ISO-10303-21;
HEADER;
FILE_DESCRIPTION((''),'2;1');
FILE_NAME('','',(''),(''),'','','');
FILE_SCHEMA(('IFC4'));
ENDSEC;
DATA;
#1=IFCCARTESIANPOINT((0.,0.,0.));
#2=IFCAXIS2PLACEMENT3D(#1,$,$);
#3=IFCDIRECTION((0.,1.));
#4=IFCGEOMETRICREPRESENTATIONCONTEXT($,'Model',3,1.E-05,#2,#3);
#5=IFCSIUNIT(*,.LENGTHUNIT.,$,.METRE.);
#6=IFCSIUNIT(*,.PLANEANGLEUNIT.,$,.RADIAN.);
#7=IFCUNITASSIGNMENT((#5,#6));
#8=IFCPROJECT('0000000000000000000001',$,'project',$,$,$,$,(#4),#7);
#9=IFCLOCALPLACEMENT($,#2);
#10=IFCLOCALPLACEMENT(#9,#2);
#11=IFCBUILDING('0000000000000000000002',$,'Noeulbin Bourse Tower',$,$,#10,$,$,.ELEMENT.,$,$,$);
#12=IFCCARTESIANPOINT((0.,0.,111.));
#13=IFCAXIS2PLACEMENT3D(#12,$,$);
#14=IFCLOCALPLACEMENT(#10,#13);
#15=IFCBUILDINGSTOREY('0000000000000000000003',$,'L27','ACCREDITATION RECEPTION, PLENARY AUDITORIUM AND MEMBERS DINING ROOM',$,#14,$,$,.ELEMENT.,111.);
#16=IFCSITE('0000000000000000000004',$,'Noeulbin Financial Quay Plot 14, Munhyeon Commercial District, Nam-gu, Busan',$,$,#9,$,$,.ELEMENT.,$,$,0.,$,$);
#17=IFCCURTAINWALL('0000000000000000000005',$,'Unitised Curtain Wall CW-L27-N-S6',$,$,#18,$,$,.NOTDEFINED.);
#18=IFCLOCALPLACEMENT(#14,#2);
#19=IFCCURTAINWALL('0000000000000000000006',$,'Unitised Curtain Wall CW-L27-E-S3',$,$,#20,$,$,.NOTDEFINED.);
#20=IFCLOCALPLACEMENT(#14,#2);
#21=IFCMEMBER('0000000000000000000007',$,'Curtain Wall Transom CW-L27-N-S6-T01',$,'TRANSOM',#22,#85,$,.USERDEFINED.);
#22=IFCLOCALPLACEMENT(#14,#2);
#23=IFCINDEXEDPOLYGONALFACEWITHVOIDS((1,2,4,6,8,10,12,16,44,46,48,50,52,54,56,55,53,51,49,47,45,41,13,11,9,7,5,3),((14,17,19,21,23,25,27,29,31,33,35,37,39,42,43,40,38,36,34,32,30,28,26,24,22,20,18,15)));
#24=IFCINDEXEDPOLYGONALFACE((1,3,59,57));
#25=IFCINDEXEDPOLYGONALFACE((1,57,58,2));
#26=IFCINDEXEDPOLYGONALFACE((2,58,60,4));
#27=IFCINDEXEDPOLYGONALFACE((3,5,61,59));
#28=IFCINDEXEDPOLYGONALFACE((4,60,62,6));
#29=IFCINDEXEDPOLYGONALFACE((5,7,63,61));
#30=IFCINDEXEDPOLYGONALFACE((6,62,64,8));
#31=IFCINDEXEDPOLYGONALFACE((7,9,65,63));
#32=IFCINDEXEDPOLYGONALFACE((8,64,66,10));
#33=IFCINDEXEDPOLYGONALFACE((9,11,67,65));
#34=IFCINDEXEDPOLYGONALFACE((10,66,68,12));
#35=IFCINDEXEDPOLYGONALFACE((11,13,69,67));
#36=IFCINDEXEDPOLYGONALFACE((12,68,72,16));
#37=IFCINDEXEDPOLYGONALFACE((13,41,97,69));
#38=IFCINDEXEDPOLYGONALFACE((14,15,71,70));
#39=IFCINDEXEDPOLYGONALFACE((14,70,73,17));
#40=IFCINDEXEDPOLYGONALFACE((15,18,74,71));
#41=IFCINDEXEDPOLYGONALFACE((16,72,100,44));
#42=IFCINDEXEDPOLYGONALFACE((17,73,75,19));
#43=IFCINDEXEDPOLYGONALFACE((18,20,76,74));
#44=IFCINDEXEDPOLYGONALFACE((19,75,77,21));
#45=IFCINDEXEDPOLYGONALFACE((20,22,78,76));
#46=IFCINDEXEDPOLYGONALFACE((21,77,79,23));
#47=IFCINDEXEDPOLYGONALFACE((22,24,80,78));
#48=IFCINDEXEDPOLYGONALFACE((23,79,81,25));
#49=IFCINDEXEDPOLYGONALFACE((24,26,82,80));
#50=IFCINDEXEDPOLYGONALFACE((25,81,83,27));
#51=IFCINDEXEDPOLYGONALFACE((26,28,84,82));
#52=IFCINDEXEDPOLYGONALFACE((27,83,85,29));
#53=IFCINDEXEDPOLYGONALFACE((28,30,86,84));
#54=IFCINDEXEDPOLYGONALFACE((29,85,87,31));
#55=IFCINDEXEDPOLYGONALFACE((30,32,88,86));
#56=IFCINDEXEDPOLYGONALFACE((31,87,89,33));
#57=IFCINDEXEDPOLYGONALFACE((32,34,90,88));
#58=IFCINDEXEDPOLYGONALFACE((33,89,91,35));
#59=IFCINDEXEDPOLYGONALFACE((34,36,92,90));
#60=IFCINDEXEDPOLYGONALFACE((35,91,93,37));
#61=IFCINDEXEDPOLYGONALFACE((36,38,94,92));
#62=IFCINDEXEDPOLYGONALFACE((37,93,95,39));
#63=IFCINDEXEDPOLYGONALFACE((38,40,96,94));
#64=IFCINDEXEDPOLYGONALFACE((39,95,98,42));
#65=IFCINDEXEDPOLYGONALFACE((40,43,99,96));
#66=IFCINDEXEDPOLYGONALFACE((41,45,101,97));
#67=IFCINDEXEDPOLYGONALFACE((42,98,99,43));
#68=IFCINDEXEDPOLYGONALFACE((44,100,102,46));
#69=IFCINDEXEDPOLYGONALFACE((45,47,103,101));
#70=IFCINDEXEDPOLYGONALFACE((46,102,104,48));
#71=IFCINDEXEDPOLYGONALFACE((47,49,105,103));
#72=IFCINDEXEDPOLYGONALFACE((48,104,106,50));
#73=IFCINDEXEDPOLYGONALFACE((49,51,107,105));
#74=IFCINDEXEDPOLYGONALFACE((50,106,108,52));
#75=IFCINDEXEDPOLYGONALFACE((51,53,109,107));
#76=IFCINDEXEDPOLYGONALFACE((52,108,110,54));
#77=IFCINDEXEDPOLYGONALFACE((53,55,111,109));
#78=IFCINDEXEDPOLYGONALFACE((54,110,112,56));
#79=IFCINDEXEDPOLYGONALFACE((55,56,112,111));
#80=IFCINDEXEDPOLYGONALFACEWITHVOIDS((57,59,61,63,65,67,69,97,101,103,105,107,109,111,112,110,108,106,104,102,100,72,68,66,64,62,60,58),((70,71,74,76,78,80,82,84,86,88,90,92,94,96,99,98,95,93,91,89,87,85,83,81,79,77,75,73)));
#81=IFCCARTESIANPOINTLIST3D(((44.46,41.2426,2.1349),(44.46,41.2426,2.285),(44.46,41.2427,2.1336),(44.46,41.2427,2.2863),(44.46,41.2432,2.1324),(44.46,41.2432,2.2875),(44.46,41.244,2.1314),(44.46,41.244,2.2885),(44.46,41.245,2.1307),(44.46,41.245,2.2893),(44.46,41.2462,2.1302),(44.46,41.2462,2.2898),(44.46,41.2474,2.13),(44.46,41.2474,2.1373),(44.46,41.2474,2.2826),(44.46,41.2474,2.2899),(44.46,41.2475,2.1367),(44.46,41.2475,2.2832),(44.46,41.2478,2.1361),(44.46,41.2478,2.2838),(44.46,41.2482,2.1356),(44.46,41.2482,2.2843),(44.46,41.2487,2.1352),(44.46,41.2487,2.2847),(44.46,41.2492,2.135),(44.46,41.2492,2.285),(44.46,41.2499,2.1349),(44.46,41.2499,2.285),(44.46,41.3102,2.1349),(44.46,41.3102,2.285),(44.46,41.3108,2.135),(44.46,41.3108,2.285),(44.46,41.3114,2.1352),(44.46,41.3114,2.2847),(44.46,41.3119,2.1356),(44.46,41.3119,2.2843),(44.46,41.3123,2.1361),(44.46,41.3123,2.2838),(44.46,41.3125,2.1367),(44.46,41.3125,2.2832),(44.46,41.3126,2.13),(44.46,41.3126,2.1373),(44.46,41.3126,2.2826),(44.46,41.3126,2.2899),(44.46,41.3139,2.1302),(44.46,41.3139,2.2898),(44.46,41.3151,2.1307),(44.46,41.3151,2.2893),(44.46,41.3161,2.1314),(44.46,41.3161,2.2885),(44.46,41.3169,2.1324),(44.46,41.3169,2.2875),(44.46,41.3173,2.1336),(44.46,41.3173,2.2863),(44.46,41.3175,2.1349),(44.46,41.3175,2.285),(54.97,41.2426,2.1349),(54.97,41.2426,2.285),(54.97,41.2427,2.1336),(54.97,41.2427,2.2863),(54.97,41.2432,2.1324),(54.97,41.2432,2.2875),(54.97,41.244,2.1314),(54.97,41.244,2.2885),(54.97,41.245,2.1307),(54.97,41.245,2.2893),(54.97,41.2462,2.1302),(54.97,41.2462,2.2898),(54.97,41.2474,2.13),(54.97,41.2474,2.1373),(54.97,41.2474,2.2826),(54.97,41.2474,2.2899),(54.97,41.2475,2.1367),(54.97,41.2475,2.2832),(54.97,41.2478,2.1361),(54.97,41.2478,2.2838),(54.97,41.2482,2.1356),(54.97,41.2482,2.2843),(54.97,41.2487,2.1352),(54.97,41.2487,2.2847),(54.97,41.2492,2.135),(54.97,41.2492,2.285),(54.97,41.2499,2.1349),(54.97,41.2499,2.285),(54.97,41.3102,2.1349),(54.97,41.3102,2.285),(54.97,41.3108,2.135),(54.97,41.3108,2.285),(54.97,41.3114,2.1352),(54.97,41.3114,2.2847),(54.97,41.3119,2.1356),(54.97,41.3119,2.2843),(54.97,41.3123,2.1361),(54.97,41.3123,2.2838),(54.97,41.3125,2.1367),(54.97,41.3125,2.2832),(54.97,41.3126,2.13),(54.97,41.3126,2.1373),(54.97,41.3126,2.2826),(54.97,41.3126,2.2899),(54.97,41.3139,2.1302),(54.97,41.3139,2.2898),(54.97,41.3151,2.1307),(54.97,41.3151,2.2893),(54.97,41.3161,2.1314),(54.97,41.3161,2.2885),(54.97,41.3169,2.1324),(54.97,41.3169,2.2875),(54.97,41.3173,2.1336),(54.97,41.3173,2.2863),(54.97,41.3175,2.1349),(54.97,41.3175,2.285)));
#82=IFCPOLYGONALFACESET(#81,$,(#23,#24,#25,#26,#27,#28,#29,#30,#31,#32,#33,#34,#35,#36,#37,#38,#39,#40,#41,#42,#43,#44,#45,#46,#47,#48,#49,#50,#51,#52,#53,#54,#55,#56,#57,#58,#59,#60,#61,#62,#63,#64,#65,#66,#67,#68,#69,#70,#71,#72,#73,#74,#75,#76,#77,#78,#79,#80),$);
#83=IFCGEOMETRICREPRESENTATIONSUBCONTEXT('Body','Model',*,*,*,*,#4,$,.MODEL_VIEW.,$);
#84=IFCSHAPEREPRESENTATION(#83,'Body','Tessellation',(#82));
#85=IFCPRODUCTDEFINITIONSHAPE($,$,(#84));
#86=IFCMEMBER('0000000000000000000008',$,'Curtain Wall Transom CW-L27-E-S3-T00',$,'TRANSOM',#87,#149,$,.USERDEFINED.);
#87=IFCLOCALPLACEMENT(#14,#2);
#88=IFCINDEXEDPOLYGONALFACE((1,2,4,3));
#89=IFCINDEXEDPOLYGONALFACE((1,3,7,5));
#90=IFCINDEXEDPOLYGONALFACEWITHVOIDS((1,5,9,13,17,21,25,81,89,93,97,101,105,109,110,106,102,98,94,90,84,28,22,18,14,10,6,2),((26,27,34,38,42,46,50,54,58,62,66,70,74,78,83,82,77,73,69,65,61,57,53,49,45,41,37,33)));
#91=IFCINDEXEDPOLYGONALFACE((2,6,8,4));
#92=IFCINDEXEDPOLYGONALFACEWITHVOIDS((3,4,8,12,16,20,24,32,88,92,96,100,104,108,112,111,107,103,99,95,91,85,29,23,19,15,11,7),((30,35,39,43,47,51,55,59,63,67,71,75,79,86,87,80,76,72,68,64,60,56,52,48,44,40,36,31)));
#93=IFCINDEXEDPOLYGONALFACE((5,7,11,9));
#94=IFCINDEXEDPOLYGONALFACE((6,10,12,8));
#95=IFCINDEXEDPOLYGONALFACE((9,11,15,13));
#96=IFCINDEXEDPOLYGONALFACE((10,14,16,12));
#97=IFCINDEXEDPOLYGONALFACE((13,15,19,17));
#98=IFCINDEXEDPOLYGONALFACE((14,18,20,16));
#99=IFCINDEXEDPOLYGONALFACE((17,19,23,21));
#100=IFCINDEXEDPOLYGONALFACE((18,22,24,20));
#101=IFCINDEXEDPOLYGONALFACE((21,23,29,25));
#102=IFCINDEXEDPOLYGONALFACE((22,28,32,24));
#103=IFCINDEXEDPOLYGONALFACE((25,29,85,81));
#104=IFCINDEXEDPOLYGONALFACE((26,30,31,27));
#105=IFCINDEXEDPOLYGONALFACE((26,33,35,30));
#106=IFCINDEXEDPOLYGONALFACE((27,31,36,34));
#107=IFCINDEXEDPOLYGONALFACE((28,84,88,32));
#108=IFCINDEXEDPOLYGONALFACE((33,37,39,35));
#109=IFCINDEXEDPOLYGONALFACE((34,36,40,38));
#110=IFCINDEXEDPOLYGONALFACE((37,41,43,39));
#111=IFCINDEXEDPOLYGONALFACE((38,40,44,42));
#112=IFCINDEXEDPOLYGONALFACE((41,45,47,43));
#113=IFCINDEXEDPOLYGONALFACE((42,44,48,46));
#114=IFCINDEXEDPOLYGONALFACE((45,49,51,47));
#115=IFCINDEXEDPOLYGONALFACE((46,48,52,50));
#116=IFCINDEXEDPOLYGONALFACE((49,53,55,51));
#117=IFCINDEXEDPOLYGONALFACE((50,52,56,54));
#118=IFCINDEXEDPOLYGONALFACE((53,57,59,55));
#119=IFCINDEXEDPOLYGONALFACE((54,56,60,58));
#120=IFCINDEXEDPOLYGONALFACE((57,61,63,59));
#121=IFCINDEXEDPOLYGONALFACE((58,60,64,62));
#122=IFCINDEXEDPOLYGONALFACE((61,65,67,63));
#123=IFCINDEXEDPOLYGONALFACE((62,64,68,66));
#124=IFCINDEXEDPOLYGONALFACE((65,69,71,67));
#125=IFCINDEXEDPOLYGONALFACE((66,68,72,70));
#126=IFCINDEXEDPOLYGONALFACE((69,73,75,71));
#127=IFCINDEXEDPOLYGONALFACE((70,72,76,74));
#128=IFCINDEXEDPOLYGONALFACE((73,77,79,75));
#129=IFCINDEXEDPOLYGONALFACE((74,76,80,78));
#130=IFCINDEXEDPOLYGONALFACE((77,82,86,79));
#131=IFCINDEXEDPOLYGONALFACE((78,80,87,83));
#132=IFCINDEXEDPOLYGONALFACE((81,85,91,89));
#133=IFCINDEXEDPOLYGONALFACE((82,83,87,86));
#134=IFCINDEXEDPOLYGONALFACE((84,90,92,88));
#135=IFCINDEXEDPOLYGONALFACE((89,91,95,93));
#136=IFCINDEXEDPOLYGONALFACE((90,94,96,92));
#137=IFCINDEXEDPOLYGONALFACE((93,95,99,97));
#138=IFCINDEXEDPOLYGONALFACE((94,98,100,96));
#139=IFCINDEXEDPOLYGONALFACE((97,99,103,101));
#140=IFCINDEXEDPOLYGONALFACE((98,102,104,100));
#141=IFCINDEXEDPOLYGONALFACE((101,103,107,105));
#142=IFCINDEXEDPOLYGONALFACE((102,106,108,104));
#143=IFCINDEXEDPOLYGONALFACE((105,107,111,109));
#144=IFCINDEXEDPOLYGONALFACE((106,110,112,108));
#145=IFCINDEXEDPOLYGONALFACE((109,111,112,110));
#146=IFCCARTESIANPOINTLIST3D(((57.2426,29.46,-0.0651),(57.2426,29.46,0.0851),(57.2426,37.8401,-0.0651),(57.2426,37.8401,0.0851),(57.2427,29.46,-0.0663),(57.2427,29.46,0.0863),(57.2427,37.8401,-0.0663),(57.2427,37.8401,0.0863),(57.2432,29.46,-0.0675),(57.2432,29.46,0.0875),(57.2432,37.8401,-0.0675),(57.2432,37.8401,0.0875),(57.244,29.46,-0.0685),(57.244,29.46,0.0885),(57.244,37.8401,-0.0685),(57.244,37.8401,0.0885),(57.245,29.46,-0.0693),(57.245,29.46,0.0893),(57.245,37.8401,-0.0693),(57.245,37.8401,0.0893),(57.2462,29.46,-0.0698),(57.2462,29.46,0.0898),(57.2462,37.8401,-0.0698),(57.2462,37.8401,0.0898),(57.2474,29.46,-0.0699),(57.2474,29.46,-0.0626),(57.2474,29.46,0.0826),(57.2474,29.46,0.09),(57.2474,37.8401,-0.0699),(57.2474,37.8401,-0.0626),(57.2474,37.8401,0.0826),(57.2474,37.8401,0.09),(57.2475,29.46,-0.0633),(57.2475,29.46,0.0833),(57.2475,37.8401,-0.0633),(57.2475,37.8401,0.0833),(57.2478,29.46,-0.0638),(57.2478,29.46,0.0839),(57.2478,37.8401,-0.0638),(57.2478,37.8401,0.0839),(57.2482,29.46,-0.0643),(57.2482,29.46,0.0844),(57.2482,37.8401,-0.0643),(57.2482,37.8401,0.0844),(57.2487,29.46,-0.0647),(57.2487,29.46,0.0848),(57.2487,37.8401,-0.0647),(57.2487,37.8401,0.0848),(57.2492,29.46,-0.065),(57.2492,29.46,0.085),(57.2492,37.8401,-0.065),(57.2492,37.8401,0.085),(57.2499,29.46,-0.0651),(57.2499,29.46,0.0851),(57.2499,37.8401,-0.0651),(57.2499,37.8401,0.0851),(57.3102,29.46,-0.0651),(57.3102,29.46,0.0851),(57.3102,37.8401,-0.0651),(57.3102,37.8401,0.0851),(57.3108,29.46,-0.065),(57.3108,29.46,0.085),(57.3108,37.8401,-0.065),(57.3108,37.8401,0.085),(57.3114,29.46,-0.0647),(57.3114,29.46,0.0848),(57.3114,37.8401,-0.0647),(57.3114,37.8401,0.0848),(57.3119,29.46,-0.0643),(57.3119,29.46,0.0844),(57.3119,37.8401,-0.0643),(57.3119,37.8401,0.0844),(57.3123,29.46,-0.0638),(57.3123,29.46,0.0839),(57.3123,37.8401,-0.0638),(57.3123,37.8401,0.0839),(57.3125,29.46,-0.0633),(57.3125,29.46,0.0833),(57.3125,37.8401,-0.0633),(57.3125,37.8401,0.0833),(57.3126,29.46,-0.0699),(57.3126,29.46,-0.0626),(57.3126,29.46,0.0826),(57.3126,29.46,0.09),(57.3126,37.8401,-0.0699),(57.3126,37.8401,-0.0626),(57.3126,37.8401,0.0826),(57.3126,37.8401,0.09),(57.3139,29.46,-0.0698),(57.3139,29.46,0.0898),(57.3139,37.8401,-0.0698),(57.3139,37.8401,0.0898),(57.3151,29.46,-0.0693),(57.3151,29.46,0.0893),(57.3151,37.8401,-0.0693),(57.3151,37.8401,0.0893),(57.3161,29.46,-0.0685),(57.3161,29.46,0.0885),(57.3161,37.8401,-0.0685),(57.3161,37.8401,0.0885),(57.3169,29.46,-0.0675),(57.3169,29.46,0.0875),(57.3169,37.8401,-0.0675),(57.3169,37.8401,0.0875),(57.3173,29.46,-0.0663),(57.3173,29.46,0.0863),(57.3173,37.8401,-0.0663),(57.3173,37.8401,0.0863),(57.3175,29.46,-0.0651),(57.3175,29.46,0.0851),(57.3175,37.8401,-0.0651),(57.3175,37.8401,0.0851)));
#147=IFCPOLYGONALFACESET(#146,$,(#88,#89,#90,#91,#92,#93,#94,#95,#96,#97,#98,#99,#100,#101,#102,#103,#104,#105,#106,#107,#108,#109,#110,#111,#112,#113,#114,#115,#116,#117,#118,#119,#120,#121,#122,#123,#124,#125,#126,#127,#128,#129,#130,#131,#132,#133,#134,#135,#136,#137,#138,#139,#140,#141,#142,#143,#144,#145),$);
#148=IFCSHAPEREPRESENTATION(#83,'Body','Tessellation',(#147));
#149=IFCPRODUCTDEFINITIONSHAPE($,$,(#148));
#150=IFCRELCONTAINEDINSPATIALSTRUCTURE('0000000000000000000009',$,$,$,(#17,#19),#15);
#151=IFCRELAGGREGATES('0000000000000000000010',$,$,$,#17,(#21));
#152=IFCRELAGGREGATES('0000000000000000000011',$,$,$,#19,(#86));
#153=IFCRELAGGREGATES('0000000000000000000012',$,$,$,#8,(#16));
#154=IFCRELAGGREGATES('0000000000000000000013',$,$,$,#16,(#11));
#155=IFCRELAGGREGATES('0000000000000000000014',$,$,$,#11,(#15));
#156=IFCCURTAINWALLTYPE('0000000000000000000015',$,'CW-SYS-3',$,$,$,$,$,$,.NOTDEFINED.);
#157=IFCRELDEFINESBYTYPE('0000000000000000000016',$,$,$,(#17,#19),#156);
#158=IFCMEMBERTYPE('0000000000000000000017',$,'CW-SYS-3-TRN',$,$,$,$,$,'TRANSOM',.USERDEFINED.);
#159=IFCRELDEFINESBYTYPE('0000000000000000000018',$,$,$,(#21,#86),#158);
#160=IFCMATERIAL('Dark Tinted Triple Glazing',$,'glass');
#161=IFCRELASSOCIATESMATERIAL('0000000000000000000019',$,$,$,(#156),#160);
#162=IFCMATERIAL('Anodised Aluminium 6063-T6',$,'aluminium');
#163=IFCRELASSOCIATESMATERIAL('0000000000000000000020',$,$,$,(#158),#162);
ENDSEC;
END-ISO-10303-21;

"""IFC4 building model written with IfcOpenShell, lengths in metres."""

from ifc_helpers import new_model, si_unit, direction, frame, origin, origin_2d, place, context, subcontext, project, spatial, hollow_rectangle, extrude, material, material_profile, profile_set, type_object, element, aggregate, save


model = new_model("IFC4")

# Units and contexts
model_context = context("Model", 3, precision=1e-05, world=origin(), true_north=direction((0.0, 1.0)))
body_context = subcontext(model_context, "Body", "Model", "MODEL_VIEW")
ifc_project = project(units=[si_unit("LENGTHUNIT", "METRE"), si_unit("PLANEANGLEUNIT", "RADIAN")], contexts=[model_context])

# Site, building, storey
site_placement = place(None, origin())
site = spatial("IfcSite", under=ifc_project, at=site_placement, Name="Noeulbin Financial Quay Plot 14, Munhyeon Commercial District, Nam-gu, Busan", CompositionType="ELEMENT", RefElevation=0.0)
building_placement = place(site_placement, origin())
building = spatial("IfcBuilding", under=site, at=building_placement, Name="Noeulbin Bourse Tower", CompositionType="ELEMENT")
storey_placement = place(building_placement, frame((0.0, 0.0, 111.0)))
storey = spatial("IfcBuildingStorey", under=building, at=storey_placement, Name="L27", Description="ACCREDITATION RECEPTION, PLENARY AUDITORIUM AND MEMBERS DINING ROOM", CompositionType="ELEMENT", Elevation=111.0)

# Curtain walls
ifc_material_1 = material(Name="Dark Tinted Triple Glazing", Category="glass")
curtain_wall_type = type_object("IfcCurtainWallType", Name="CW-SYS-3", PredefinedType="NOTDEFINED", material=ifc_material_1)
curtain_wall_1_placement = place(storey_placement, origin())
curtain_wall_1 = element("IfcCurtainWall", 1, at=curtain_wall_1_placement, inside=storey, type_object=curtain_wall_type, Name="Unitised Curtain Wall CW-L27-N-S6", PredefinedType="NOTDEFINED")
ifc_material_2 = material(Name="Anodised Aluminium 6063-T6", Category="aluminium")
curtain_wall_2_placement = place(storey_placement, origin())
curtain_wall_2 = element("IfcCurtainWall", 2, at=curtain_wall_2_placement, inside=storey, type_object=curtain_wall_type, Name="Unitised Curtain Wall CW-L27-E-S3", PredefinedType="NOTDEFINED")

# Members
ifc_material_profile_1 = material_profile(ifc_material_2, hollow_rectangle(XDim=0.075, YDim=0.1599, WallThickness=0.0049, InnerFilletRadius=0.0024, OuterFilletRadius=0.0049, at=origin_2d()), Name="ALU-TRAN-75x160x5", Category="LoadBearing")
ifc_profile_set_1 = profile_set([ifc_material_profile_1], Name="Anodised Aluminium 6063-T6")
member_type_1 = type_object("IfcMemberType", Name="CW-SYS-3-TRN", ElementType="TRANSOM", PredefinedType="USERDEFINED", material=ifc_profile_set_1)
member_1_placement = place(storey_placement, frame((44.46, 41.28, 2.21), z_axis=(1.0, 0.0, 0.0), x_axis=(0.0, 1.0, 0.0)))
member_1 = element("IfcMember", 3, at=member_1_placement, type_object=member_type_1, Name="Curtain Wall Transom CW-L27-N-S6-T01", ObjectType="TRANSOM", PredefinedType="USERDEFINED", context=body_context, shape_type="SweptSolid", body=[
    extrude(hollow_rectangle(XDim=0.075, YDim=0.1599, WallThickness=0.0049, InnerFilletRadius=0.0024, OuterFilletRadius=0.0049, at=origin_2d()), origin(), (0.0, 0.0, 1.0), 10.51),
])
member_2_placement = place(storey_placement, frame((57.28, 29.46, 0.01), z_axis=(0.0, 1.0, 0.0), x_axis=(-1.0, 0.0, 0.0)))
member_2 = element("IfcMember", 4, at=member_2_placement, type_object=member_type_1, Name="Curtain Wall Transom CW-L27-E-S3-T00", ObjectType="TRANSOM", PredefinedType="USERDEFINED", context=body_context, shape_type="SweptSolid", body=[
    extrude(hollow_rectangle(XDim=0.075, YDim=0.1599, WallThickness=0.0049, InnerFilletRadius=0.0024, OuterFilletRadius=0.0049, at=origin_2d()), origin(), (0.0, 0.0, 1.0), 8.3801),
])

aggregate(curtain_wall_1, [member_1])
aggregate(curtain_wall_2, [member_2])

save(model, "model.ifc")
